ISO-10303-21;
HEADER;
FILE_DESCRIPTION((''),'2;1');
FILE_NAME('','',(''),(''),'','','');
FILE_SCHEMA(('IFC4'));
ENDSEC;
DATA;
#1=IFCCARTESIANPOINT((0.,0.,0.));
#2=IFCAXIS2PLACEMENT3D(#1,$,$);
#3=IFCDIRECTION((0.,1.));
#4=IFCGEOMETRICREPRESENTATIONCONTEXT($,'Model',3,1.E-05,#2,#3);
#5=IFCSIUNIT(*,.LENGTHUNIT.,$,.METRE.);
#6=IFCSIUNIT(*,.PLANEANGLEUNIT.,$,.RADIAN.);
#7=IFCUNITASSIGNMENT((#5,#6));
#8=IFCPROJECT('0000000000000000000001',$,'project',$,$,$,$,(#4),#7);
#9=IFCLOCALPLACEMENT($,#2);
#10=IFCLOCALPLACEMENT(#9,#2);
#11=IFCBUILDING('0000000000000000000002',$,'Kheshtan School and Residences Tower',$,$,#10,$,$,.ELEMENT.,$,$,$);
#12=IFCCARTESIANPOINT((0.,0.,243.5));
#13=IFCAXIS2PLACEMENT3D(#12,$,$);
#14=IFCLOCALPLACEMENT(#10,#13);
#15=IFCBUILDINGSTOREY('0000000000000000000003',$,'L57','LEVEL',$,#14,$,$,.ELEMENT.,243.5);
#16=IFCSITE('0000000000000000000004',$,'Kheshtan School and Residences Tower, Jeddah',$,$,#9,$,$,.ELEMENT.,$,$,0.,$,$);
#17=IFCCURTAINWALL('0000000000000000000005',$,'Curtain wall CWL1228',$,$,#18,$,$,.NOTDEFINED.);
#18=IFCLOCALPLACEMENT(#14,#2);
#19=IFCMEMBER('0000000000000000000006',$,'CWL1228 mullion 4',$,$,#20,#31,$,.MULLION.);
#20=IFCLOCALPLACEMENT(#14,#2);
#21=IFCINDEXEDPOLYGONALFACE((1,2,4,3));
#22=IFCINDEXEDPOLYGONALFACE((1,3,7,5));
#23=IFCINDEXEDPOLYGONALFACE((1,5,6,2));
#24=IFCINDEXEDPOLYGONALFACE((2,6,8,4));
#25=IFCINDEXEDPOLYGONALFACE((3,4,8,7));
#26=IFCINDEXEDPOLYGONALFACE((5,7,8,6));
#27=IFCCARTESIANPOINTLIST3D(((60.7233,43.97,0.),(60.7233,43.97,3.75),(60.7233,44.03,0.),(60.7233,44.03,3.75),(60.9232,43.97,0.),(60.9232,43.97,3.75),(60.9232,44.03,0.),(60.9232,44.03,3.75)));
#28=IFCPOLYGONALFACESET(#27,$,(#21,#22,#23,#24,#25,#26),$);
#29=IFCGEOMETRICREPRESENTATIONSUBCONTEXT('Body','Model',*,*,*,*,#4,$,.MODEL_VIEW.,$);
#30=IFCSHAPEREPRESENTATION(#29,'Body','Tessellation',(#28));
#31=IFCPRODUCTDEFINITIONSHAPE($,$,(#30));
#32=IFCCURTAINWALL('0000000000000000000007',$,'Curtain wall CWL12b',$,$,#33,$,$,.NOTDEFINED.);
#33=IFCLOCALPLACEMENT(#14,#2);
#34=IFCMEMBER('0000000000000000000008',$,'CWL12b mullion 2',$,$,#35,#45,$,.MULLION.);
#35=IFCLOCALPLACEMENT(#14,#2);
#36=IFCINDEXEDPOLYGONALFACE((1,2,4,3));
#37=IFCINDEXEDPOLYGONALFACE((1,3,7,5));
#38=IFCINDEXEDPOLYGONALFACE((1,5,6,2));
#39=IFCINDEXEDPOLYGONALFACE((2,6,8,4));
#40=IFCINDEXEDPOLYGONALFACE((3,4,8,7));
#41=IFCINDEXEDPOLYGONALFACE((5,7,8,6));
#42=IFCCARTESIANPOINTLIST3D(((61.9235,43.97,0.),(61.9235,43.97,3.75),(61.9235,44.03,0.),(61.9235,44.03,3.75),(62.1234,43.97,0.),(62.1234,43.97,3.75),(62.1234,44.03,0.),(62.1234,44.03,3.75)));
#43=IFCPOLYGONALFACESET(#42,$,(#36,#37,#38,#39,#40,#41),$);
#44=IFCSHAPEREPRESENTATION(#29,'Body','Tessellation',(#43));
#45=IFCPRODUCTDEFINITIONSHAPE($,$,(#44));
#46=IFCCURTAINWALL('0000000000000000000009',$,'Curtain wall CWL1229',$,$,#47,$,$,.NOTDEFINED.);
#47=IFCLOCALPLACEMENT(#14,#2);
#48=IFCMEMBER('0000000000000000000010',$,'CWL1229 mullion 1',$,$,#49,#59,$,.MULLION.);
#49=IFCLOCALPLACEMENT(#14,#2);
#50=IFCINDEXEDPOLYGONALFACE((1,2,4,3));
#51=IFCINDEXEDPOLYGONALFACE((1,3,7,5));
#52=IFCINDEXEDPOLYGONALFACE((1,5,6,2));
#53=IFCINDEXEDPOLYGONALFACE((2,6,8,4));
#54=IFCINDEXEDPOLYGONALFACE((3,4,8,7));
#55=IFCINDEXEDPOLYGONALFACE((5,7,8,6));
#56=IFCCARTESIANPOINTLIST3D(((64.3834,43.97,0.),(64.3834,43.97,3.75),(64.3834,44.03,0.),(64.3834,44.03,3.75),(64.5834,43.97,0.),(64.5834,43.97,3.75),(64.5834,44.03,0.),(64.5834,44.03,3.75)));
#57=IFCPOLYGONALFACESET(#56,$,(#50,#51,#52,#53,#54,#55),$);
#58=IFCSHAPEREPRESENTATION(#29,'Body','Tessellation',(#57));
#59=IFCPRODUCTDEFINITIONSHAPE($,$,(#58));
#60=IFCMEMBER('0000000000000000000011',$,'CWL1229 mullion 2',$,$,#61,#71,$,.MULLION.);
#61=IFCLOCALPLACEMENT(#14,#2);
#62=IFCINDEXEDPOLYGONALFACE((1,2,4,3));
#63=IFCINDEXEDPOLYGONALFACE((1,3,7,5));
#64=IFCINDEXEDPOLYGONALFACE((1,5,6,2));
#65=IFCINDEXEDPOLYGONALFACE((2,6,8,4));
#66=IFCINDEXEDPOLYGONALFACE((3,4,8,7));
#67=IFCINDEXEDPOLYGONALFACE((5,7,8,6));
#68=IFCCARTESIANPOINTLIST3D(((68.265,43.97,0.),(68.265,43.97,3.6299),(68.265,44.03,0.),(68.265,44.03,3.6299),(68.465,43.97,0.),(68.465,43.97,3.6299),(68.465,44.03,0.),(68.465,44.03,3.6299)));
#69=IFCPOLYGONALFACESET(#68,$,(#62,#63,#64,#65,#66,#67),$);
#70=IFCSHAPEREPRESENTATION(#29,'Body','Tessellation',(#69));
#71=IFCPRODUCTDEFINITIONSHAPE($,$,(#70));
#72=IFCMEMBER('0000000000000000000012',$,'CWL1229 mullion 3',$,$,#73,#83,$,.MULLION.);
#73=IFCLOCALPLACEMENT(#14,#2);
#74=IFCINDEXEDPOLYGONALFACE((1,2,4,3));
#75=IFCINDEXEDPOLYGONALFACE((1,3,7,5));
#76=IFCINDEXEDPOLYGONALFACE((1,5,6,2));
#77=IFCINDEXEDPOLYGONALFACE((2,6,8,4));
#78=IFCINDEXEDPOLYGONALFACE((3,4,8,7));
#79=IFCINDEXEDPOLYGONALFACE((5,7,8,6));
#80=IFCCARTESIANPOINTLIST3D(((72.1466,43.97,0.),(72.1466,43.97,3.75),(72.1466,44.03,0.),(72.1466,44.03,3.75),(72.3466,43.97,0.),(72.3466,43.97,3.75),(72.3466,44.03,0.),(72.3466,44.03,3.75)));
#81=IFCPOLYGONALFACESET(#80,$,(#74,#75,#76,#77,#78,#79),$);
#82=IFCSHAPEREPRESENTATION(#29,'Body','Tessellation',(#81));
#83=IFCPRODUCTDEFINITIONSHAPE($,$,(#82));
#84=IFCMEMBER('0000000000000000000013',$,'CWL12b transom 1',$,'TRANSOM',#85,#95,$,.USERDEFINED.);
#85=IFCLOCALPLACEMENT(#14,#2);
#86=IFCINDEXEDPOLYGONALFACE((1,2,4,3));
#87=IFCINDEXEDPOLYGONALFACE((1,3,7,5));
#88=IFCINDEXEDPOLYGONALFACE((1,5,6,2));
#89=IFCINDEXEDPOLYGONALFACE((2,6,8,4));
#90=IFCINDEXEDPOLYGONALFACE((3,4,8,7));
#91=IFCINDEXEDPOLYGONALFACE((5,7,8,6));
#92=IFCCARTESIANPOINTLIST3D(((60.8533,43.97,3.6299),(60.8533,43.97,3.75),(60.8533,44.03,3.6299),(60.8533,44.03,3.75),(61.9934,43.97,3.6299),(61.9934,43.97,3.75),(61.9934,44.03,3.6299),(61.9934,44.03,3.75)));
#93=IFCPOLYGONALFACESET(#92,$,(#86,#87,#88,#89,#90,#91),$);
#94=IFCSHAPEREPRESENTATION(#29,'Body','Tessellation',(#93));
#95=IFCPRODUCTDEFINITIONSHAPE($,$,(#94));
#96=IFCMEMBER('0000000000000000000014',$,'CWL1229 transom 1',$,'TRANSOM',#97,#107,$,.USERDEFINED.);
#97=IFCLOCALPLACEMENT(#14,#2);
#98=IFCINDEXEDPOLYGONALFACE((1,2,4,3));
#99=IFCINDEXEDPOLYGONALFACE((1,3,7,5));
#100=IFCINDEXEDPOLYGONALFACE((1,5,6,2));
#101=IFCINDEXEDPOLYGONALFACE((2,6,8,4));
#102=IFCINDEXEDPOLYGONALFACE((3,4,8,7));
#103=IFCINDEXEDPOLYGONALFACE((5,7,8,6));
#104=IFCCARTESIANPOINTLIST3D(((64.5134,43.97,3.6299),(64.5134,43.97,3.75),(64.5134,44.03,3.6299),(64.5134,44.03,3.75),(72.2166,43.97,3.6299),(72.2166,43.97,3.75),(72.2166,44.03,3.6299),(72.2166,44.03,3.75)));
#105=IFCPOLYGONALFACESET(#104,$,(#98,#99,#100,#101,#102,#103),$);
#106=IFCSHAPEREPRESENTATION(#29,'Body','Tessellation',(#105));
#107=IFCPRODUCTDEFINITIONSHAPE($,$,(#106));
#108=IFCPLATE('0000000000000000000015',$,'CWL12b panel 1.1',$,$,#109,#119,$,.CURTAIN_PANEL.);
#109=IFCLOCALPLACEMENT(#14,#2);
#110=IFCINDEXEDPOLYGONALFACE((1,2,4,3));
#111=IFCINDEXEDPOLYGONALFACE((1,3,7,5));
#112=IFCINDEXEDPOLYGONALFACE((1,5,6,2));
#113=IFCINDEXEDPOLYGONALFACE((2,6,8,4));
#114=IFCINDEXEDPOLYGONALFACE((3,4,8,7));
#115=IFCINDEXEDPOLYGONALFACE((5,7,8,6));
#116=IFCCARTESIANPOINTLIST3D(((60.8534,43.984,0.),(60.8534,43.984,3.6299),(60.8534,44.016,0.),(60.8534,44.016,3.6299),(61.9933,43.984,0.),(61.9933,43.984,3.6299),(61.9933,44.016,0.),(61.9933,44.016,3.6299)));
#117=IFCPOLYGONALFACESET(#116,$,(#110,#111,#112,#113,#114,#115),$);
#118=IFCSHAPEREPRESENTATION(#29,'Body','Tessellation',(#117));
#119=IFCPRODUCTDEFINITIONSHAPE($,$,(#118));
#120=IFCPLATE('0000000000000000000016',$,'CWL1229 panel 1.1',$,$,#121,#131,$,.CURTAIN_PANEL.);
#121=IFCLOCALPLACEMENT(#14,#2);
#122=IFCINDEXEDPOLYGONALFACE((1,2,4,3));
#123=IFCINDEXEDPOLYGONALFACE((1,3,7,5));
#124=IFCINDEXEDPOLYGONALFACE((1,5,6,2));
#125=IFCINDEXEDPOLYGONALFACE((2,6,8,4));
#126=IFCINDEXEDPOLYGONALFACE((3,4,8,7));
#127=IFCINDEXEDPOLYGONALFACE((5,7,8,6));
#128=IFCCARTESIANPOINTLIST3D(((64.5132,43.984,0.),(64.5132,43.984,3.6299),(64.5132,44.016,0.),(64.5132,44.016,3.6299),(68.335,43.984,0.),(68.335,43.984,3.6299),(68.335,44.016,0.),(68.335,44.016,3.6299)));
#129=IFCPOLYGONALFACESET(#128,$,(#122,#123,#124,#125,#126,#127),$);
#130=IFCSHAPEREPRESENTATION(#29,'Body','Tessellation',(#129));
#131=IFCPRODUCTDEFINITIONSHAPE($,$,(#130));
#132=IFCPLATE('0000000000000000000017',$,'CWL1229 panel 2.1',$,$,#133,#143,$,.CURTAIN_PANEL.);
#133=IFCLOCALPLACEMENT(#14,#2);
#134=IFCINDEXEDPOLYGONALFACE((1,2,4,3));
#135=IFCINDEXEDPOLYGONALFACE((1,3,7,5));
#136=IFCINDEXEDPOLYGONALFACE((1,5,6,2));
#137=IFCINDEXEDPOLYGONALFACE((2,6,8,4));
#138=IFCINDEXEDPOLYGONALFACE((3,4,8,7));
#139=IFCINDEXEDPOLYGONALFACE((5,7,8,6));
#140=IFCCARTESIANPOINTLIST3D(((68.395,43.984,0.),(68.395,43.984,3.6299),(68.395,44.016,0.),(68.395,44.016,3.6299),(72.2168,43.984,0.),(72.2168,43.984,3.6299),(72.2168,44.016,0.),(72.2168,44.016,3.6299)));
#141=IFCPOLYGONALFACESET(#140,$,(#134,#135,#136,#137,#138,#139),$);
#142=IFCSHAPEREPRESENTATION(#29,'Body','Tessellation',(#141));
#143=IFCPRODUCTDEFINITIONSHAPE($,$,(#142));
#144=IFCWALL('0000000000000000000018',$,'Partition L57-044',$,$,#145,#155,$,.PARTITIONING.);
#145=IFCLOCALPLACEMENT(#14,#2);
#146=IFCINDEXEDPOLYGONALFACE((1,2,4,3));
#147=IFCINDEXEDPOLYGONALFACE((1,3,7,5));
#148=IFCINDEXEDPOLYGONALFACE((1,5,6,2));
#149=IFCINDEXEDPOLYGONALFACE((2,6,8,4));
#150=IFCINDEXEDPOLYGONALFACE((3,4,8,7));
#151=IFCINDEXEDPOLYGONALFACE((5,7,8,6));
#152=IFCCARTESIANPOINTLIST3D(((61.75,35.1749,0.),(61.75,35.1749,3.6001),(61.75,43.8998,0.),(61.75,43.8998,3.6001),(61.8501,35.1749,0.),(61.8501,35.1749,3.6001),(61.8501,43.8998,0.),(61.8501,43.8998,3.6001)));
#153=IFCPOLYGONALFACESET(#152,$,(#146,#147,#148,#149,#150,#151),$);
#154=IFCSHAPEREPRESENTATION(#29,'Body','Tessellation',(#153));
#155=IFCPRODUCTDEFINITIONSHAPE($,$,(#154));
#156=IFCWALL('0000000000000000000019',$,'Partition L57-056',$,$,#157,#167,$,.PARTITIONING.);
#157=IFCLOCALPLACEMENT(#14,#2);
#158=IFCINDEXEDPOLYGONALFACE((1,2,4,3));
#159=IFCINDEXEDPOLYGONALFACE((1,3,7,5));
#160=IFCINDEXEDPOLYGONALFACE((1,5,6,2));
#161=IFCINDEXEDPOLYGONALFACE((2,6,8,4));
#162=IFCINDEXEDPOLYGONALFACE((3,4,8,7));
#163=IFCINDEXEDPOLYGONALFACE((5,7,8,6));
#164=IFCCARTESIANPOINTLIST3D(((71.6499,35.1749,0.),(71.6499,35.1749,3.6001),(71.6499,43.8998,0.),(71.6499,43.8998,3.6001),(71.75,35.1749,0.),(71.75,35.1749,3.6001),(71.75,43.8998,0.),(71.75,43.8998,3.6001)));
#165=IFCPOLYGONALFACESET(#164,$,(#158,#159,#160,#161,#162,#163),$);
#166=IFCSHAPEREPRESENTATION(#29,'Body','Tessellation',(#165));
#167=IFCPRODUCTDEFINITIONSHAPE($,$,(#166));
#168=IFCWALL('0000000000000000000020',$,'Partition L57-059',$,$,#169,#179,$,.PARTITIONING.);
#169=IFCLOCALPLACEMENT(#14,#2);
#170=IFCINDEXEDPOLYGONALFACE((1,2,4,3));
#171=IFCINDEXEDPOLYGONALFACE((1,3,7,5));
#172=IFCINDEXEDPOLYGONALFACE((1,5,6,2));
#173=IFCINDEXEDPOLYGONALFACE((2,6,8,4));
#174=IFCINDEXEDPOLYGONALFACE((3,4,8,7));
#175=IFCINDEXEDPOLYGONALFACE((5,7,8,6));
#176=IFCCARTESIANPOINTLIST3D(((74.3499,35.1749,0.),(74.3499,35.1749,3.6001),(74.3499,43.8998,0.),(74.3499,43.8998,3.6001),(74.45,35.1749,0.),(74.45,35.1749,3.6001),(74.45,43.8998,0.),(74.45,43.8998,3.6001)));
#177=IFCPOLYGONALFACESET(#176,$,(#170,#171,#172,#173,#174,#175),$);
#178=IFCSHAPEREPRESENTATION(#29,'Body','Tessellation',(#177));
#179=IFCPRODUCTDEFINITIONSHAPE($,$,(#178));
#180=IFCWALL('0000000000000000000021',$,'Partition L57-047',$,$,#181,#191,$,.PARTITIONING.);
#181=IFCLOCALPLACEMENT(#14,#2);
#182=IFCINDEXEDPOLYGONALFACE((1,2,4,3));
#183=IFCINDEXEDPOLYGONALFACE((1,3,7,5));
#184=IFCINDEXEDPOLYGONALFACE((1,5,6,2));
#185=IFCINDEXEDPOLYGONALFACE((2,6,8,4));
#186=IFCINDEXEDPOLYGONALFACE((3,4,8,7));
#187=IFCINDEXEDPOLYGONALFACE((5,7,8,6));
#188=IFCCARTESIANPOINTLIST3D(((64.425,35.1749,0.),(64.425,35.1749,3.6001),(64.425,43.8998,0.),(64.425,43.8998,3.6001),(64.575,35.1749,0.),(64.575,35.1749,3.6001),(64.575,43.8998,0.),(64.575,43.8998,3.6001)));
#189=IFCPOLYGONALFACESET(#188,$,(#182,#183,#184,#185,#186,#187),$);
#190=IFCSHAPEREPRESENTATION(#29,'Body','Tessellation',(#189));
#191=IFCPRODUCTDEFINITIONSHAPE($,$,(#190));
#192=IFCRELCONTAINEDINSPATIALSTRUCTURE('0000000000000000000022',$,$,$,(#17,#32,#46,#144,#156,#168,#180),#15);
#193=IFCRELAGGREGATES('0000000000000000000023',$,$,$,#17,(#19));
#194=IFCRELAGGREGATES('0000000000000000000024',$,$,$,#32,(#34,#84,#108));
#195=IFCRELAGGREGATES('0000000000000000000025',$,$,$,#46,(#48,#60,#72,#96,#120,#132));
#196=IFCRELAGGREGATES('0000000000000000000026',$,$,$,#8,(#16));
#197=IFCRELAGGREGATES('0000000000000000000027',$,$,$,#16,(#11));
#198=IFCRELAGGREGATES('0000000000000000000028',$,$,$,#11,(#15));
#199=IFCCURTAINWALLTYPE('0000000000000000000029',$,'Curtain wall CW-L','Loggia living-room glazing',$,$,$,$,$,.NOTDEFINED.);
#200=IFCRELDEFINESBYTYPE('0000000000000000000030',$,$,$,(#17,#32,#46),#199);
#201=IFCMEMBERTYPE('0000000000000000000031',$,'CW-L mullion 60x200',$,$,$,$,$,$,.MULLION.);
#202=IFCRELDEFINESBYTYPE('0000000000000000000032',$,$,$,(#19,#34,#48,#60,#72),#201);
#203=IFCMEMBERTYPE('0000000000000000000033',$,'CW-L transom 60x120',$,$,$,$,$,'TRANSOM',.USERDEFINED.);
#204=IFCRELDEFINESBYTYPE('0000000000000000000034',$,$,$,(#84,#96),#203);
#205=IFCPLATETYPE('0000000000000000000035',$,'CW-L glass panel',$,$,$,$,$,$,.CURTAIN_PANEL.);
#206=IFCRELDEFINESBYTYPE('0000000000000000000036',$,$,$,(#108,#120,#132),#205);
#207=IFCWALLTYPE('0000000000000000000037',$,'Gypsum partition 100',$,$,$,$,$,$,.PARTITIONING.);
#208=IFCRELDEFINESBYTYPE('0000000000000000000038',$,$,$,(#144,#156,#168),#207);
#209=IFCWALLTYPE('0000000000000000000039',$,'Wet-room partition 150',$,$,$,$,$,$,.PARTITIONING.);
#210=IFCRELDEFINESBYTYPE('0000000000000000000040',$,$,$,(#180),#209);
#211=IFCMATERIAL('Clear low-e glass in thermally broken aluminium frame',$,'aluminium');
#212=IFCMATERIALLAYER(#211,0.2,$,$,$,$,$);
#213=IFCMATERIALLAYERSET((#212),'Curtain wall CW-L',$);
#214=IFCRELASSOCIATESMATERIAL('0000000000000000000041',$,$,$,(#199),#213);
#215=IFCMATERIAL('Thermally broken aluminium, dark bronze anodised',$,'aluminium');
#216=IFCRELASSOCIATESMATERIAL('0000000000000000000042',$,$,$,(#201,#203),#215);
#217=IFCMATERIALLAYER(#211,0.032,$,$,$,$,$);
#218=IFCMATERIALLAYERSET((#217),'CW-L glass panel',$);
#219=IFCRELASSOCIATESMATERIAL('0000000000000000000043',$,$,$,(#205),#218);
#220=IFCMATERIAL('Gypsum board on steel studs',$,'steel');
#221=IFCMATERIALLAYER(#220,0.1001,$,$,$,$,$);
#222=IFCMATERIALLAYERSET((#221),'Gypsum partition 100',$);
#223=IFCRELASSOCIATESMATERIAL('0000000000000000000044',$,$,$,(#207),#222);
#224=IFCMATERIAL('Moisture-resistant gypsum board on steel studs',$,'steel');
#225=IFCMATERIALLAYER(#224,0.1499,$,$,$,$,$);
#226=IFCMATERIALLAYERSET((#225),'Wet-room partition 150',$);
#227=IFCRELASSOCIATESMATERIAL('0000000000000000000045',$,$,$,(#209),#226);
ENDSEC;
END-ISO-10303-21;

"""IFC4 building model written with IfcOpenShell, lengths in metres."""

from ifc_helpers import new_model, si_unit, direction, frame, frame_2d, origin, origin_2d, place, context, subcontext, project, spatial, rectangle, extrude, material, layer, layer_set, material_profile, profile_set, type_object, element, aggregate, save


model = new_model("IFC4")

# Units and contexts
model_context = context("Model", 3, precision=1e-05, world=origin(), true_north=direction((0.0, 1.0)))
body_context = subcontext(model_context, "Body", "Model", "MODEL_VIEW")
ifc_project = project(units=[si_unit("LENGTHUNIT", "METRE"), si_unit("PLANEANGLEUNIT", "RADIAN")], contexts=[model_context])

# Site, building, storey
site_placement = place(None, origin())
site = spatial("IfcSite", under=ifc_project, at=site_placement, Name="Kheshtan School and Residences Tower, Jeddah", CompositionType="ELEMENT", RefElevation=0.0)
building_placement = place(site_placement, origin())
building = spatial("IfcBuilding", under=site, at=building_placement, Name="Kheshtan School and Residences Tower", CompositionType="ELEMENT")
storey_placement = place(building_placement, frame((0.0, 0.0, 243.5)))
storey = spatial("IfcBuildingStorey", under=building, at=storey_placement, Name="L57", Description="LEVEL", CompositionType="ELEMENT", Elevation=243.5)

# Curtain walls, members
ifc_material_1 = material(Name="Clear low-e glass in thermally broken aluminium frame", Category="aluminium")
ifc_layer_1 = layer(ifc_material_1, 0.2)
ifc_layer_set_1 = layer_set([ifc_layer_1], Name="Curtain wall CW-L")
curtain_wall_type = type_object("IfcCurtainWallType", Name="Curtain wall CW-L", Description="Loggia living-room glazing", PredefinedType="NOTDEFINED", material=ifc_layer_set_1)
curtain_wall_1_placement = place(storey_placement, origin())
curtain_wall_1 = element("IfcCurtainWall", 1, at=curtain_wall_1_placement, inside=storey, type_object=curtain_wall_type, Name="Curtain wall CWL1228", PredefinedType="NOTDEFINED")
ifc_material_2 = material(Name="Thermally broken aluminium, dark bronze anodised", Category="aluminium")
ifc_material_profile_1 = material_profile(ifc_material_2, rectangle(XDim=0.0601, YDim=0.2, at=origin_2d()), Name="CW-L mullion 60x200")
ifc_profile_set_1 = profile_set([ifc_material_profile_1], Name="Thermally broken aluminium, dark bronze anodised")
member_type_1 = type_object("IfcMemberType", Name="CW-L mullion 60x200", PredefinedType="MULLION", material=ifc_profile_set_1)
member_1_placement = place(storey_placement, frame((60.8232, 44.0, 0.0), z_axis=(0.0, 0.0, 1.0), x_axis=(0.0, 1.0, 0.0)))
member_1 = element("IfcMember", 2, at=member_1_placement, type_object=member_type_1, Name="CWL1228 mullion 4", PredefinedType="MULLION", context=body_context, shape_type="SweptSolid", body=[
    extrude(rectangle(XDim=0.0601, YDim=0.2, at=origin_2d()), origin(), (0.0, 0.0, 1.0), 3.75),
])
aggregate(curtain_wall_1, [member_1])
curtain_wall_2_placement = place(storey_placement, origin())
curtain_wall_2 = element("IfcCurtainWall", 3, at=curtain_wall_2_placement, inside=storey, type_object=curtain_wall_type, Name="Curtain wall CWL12b", PredefinedType="NOTDEFINED")
member_2_placement = place(storey_placement, frame((62.0234, 44.0, 0.0), z_axis=(0.0, 0.0, 1.0), x_axis=(0.0, 1.0, 0.0)))
member_2 = element("IfcMember", 4, at=member_2_placement, type_object=member_type_1, Name="CWL12b mullion 2", PredefinedType="MULLION", context=body_context, shape_type="SweptSolid", body=[
    extrude(rectangle(XDim=0.0601, YDim=0.2, at=origin_2d()), origin(), (0.0, 0.0, 1.0), 3.75),
])

# Curtain wall, members
curtain_wall_3_placement = place(storey_placement, origin())
curtain_wall_3 = element("IfcCurtainWall", 5, at=curtain_wall_3_placement, inside=storey, type_object=curtain_wall_type, Name="Curtain wall CWL1229", PredefinedType="NOTDEFINED")
member_3_placement = place(storey_placement, frame((64.4834, 44.0, 0.0), z_axis=(0.0, 0.0, 1.0), x_axis=(0.0, 1.0, 0.0)))
member_3 = element("IfcMember", 6, at=member_3_placement, type_object=member_type_1, Name="CWL1229 mullion 1", PredefinedType="MULLION", context=body_context, shape_type="SweptSolid", body=[
    extrude(rectangle(XDim=0.0601, YDim=0.2, at=origin_2d()), origin(), (0.0, 0.0, 1.0), 3.75),
])
member_4_placement = place(storey_placement, frame((68.365, 44.0, 0.0), z_axis=(0.0, 0.0, 1.0), x_axis=(0.0, 1.0, 0.0)))
member_4 = element("IfcMember", 7, at=member_4_placement, type_object=member_type_1, Name="CWL1229 mullion 2", PredefinedType="MULLION", context=body_context, shape_type="SweptSolid", body=[
    extrude(rectangle(XDim=0.0601, YDim=0.2, at=origin_2d()), origin(), (0.0, 0.0, 1.0), 3.6299),
])
member_5_placement = place(storey_placement, frame((72.2466, 44.0, 0.0), z_axis=(0.0, 0.0, 1.0), x_axis=(0.0, 1.0, 0.0)))
member_5 = element("IfcMember", 8, at=member_5_placement, type_object=member_type_1, Name="CWL1229 mullion 3", PredefinedType="MULLION", context=body_context, shape_type="SweptSolid", body=[
    extrude(rectangle(XDim=0.0601, YDim=0.2, at=origin_2d()), origin(), (0.0, 0.0, 1.0), 3.75),
])

# Members
ifc_material_profile_2 = material_profile(ifc_material_2, rectangle(XDim=0.0601, YDim=0.1201, at=origin_2d()), Name="CW-L transom 60x120")
ifc_profile_set_2 = profile_set([ifc_material_profile_2], Name="Thermally broken aluminium, dark bronze anodised")
member_type_2 = type_object("IfcMemberType", Name="CW-L transom 60x120", ElementType="TRANSOM", PredefinedType="USERDEFINED", material=ifc_profile_set_2)
member_6_placement = place(storey_placement, frame((60.8533, 44.0, 3.6899), z_axis=(1.0, 0.0, 0.0), x_axis=(0.0, 1.0, 0.0)))
member_6 = element("IfcMember", 9, at=member_6_placement, type_object=member_type_2, Name="CWL12b transom 1", ObjectType="TRANSOM", PredefinedType="USERDEFINED", context=body_context, shape_type="SweptSolid", body=[
    extrude(rectangle(XDim=0.0601, YDim=0.1201, at=origin_2d()), origin(), (0.0, 0.0, 1.0), 1.1401),
])
member_7_placement = place(storey_placement, frame((64.5134, 44.0, 3.6899), z_axis=(1.0, 0.0, 0.0), x_axis=(0.0, 1.0, 0.0)))
member_7 = element("IfcMember", 10, at=member_7_placement, type_object=member_type_2, Name="CWL1229 transom 1", ObjectType="TRANSOM", PredefinedType="USERDEFINED", context=body_context, shape_type="SweptSolid", body=[
    extrude(rectangle(XDim=0.0601, YDim=0.1201, at=origin_2d()), origin(), (0.0, 0.0, 1.0), 7.7031),
])

# Plates
ifc_layer_2 = layer(ifc_material_1, 0.032)
ifc_layer_set_2 = layer_set([ifc_layer_2], Name="CW-L glass panel")
plate_type = type_object("IfcPlateType", Name="CW-L glass panel", PredefinedType="CURTAIN_PANEL", material=ifc_layer_set_2)
plate_1_placement = place(storey_placement, frame((61.4233, 44.0, 0.0), z_axis=(0.0, 0.0, 1.0), x_axis=(1.0, 0.0, 0.0)))
plate_1 = element("IfcPlate", 11, at=plate_1_placement, type_object=plate_type, Name="CWL12b panel 1.1", PredefinedType="CURTAIN_PANEL", context=body_context, shape_type="SweptSolid", body=[
    extrude(rectangle(XDim=1.1399, YDim=0.032, at=origin_2d()), origin(), (0.0, 0.0, 1.0), 3.6299),
])
aggregate(curtain_wall_2, [member_2, member_6, plate_1])
plate_2_placement = place(storey_placement, frame((66.4241, 44.0, 0.0), z_axis=(0.0, 0.0, 1.0), x_axis=(1.0, 0.0, 0.0)))
plate_2 = element("IfcPlate", 12, at=plate_2_placement, type_object=plate_type, Name="CWL1229 panel 1.1", PredefinedType="CURTAIN_PANEL", context=body_context, shape_type="SweptSolid", body=[
    extrude(rectangle(XDim=3.8218, YDim=0.032, at=origin_2d()), origin(), (0.0, 0.0, 1.0), 3.6299),
])
plate_3_placement = place(storey_placement, frame((70.3059, 44.0, 0.0), z_axis=(0.0, 0.0, 1.0), x_axis=(1.0, 0.0, 0.0)))
plate_3 = element("IfcPlate", 13, at=plate_3_placement, type_object=plate_type, Name="CWL1229 panel 2.1", PredefinedType="CURTAIN_PANEL", context=body_context, shape_type="SweptSolid", body=[
    extrude(rectangle(XDim=3.8218, YDim=0.032, at=origin_2d()), origin(), (0.0, 0.0, 1.0), 3.6299),
])
aggregate(curtain_wall_3, [member_3, member_4, member_5, member_7, plate_2, plate_3])

# Walls
ifc_material_3 = material(Name="Gypsum board on steel studs", Category="steel")
ifc_layer_3 = layer(ifc_material_3, 0.1001)
ifc_layer_set_3 = layer_set([ifc_layer_3], Name="Gypsum partition 100")
wall_type_1 = type_object("IfcWallType", Name="Gypsum partition 100", PredefinedType="PARTITIONING", material=ifc_layer_set_3)
for number, where, z_axis, x_axis, name in (
    (14, (61.8, 35.175, 0.0), (0.0, 0.0, 1.0), (0.0, 1.0, 0.0), "Partition L57-044"),
    (15, (71.7, 35.175, 0.0), (0.0, 0.0, 1.0), (0.0, 1.0, 0.0), "Partition L57-056"),
    (16, (74.3999, 35.175, 0.0), (0.0, 0.0, 1.0), (0.0, 1.0, 0.0), "Partition L57-059"),
):
    element("IfcWall", number, at=place(storey_placement, frame(where, z_axis=z_axis, x_axis=x_axis)), inside=storey, type_object=wall_type_1, Name=name, PredefinedType="PARTITIONING", context=body_context, shape_type="SweptSolid", body=[
        extrude(rectangle(XDim=8.7249, YDim=0.1001, at=frame_2d((4.3623, 0.0))), origin(), (0.0, 0.0, 1.0), 3.6001),
    ])
ifc_material_4 = material(Name="Moisture-resistant gypsum board on steel studs", Category="steel")
ifc_layer_4 = layer(ifc_material_4, 0.1499)
ifc_layer_set_4 = layer_set([ifc_layer_4], Name="Wet-room partition 150")
wall_type_2 = type_object("IfcWallType", Name="Wet-room partition 150", PredefinedType="PARTITIONING", material=ifc_layer_set_4)
wall_1_placement = place(storey_placement, frame((64.5, 35.175, 0.0), z_axis=(0.0, 0.0, 1.0), x_axis=(0.0, 1.0, 0.0)))
element("IfcWall", 17, at=wall_1_placement, inside=storey, type_object=wall_type_2, Name="Partition L57-047", PredefinedType="PARTITIONING", context=body_context, shape_type="SweptSolid", body=[
    extrude(rectangle(XDim=8.7249, YDim=0.1499, at=frame_2d((4.3623, 0.0))), origin(), (0.0, 0.0, 1.0), 3.6001),
])

save(model, "model.ifc")
